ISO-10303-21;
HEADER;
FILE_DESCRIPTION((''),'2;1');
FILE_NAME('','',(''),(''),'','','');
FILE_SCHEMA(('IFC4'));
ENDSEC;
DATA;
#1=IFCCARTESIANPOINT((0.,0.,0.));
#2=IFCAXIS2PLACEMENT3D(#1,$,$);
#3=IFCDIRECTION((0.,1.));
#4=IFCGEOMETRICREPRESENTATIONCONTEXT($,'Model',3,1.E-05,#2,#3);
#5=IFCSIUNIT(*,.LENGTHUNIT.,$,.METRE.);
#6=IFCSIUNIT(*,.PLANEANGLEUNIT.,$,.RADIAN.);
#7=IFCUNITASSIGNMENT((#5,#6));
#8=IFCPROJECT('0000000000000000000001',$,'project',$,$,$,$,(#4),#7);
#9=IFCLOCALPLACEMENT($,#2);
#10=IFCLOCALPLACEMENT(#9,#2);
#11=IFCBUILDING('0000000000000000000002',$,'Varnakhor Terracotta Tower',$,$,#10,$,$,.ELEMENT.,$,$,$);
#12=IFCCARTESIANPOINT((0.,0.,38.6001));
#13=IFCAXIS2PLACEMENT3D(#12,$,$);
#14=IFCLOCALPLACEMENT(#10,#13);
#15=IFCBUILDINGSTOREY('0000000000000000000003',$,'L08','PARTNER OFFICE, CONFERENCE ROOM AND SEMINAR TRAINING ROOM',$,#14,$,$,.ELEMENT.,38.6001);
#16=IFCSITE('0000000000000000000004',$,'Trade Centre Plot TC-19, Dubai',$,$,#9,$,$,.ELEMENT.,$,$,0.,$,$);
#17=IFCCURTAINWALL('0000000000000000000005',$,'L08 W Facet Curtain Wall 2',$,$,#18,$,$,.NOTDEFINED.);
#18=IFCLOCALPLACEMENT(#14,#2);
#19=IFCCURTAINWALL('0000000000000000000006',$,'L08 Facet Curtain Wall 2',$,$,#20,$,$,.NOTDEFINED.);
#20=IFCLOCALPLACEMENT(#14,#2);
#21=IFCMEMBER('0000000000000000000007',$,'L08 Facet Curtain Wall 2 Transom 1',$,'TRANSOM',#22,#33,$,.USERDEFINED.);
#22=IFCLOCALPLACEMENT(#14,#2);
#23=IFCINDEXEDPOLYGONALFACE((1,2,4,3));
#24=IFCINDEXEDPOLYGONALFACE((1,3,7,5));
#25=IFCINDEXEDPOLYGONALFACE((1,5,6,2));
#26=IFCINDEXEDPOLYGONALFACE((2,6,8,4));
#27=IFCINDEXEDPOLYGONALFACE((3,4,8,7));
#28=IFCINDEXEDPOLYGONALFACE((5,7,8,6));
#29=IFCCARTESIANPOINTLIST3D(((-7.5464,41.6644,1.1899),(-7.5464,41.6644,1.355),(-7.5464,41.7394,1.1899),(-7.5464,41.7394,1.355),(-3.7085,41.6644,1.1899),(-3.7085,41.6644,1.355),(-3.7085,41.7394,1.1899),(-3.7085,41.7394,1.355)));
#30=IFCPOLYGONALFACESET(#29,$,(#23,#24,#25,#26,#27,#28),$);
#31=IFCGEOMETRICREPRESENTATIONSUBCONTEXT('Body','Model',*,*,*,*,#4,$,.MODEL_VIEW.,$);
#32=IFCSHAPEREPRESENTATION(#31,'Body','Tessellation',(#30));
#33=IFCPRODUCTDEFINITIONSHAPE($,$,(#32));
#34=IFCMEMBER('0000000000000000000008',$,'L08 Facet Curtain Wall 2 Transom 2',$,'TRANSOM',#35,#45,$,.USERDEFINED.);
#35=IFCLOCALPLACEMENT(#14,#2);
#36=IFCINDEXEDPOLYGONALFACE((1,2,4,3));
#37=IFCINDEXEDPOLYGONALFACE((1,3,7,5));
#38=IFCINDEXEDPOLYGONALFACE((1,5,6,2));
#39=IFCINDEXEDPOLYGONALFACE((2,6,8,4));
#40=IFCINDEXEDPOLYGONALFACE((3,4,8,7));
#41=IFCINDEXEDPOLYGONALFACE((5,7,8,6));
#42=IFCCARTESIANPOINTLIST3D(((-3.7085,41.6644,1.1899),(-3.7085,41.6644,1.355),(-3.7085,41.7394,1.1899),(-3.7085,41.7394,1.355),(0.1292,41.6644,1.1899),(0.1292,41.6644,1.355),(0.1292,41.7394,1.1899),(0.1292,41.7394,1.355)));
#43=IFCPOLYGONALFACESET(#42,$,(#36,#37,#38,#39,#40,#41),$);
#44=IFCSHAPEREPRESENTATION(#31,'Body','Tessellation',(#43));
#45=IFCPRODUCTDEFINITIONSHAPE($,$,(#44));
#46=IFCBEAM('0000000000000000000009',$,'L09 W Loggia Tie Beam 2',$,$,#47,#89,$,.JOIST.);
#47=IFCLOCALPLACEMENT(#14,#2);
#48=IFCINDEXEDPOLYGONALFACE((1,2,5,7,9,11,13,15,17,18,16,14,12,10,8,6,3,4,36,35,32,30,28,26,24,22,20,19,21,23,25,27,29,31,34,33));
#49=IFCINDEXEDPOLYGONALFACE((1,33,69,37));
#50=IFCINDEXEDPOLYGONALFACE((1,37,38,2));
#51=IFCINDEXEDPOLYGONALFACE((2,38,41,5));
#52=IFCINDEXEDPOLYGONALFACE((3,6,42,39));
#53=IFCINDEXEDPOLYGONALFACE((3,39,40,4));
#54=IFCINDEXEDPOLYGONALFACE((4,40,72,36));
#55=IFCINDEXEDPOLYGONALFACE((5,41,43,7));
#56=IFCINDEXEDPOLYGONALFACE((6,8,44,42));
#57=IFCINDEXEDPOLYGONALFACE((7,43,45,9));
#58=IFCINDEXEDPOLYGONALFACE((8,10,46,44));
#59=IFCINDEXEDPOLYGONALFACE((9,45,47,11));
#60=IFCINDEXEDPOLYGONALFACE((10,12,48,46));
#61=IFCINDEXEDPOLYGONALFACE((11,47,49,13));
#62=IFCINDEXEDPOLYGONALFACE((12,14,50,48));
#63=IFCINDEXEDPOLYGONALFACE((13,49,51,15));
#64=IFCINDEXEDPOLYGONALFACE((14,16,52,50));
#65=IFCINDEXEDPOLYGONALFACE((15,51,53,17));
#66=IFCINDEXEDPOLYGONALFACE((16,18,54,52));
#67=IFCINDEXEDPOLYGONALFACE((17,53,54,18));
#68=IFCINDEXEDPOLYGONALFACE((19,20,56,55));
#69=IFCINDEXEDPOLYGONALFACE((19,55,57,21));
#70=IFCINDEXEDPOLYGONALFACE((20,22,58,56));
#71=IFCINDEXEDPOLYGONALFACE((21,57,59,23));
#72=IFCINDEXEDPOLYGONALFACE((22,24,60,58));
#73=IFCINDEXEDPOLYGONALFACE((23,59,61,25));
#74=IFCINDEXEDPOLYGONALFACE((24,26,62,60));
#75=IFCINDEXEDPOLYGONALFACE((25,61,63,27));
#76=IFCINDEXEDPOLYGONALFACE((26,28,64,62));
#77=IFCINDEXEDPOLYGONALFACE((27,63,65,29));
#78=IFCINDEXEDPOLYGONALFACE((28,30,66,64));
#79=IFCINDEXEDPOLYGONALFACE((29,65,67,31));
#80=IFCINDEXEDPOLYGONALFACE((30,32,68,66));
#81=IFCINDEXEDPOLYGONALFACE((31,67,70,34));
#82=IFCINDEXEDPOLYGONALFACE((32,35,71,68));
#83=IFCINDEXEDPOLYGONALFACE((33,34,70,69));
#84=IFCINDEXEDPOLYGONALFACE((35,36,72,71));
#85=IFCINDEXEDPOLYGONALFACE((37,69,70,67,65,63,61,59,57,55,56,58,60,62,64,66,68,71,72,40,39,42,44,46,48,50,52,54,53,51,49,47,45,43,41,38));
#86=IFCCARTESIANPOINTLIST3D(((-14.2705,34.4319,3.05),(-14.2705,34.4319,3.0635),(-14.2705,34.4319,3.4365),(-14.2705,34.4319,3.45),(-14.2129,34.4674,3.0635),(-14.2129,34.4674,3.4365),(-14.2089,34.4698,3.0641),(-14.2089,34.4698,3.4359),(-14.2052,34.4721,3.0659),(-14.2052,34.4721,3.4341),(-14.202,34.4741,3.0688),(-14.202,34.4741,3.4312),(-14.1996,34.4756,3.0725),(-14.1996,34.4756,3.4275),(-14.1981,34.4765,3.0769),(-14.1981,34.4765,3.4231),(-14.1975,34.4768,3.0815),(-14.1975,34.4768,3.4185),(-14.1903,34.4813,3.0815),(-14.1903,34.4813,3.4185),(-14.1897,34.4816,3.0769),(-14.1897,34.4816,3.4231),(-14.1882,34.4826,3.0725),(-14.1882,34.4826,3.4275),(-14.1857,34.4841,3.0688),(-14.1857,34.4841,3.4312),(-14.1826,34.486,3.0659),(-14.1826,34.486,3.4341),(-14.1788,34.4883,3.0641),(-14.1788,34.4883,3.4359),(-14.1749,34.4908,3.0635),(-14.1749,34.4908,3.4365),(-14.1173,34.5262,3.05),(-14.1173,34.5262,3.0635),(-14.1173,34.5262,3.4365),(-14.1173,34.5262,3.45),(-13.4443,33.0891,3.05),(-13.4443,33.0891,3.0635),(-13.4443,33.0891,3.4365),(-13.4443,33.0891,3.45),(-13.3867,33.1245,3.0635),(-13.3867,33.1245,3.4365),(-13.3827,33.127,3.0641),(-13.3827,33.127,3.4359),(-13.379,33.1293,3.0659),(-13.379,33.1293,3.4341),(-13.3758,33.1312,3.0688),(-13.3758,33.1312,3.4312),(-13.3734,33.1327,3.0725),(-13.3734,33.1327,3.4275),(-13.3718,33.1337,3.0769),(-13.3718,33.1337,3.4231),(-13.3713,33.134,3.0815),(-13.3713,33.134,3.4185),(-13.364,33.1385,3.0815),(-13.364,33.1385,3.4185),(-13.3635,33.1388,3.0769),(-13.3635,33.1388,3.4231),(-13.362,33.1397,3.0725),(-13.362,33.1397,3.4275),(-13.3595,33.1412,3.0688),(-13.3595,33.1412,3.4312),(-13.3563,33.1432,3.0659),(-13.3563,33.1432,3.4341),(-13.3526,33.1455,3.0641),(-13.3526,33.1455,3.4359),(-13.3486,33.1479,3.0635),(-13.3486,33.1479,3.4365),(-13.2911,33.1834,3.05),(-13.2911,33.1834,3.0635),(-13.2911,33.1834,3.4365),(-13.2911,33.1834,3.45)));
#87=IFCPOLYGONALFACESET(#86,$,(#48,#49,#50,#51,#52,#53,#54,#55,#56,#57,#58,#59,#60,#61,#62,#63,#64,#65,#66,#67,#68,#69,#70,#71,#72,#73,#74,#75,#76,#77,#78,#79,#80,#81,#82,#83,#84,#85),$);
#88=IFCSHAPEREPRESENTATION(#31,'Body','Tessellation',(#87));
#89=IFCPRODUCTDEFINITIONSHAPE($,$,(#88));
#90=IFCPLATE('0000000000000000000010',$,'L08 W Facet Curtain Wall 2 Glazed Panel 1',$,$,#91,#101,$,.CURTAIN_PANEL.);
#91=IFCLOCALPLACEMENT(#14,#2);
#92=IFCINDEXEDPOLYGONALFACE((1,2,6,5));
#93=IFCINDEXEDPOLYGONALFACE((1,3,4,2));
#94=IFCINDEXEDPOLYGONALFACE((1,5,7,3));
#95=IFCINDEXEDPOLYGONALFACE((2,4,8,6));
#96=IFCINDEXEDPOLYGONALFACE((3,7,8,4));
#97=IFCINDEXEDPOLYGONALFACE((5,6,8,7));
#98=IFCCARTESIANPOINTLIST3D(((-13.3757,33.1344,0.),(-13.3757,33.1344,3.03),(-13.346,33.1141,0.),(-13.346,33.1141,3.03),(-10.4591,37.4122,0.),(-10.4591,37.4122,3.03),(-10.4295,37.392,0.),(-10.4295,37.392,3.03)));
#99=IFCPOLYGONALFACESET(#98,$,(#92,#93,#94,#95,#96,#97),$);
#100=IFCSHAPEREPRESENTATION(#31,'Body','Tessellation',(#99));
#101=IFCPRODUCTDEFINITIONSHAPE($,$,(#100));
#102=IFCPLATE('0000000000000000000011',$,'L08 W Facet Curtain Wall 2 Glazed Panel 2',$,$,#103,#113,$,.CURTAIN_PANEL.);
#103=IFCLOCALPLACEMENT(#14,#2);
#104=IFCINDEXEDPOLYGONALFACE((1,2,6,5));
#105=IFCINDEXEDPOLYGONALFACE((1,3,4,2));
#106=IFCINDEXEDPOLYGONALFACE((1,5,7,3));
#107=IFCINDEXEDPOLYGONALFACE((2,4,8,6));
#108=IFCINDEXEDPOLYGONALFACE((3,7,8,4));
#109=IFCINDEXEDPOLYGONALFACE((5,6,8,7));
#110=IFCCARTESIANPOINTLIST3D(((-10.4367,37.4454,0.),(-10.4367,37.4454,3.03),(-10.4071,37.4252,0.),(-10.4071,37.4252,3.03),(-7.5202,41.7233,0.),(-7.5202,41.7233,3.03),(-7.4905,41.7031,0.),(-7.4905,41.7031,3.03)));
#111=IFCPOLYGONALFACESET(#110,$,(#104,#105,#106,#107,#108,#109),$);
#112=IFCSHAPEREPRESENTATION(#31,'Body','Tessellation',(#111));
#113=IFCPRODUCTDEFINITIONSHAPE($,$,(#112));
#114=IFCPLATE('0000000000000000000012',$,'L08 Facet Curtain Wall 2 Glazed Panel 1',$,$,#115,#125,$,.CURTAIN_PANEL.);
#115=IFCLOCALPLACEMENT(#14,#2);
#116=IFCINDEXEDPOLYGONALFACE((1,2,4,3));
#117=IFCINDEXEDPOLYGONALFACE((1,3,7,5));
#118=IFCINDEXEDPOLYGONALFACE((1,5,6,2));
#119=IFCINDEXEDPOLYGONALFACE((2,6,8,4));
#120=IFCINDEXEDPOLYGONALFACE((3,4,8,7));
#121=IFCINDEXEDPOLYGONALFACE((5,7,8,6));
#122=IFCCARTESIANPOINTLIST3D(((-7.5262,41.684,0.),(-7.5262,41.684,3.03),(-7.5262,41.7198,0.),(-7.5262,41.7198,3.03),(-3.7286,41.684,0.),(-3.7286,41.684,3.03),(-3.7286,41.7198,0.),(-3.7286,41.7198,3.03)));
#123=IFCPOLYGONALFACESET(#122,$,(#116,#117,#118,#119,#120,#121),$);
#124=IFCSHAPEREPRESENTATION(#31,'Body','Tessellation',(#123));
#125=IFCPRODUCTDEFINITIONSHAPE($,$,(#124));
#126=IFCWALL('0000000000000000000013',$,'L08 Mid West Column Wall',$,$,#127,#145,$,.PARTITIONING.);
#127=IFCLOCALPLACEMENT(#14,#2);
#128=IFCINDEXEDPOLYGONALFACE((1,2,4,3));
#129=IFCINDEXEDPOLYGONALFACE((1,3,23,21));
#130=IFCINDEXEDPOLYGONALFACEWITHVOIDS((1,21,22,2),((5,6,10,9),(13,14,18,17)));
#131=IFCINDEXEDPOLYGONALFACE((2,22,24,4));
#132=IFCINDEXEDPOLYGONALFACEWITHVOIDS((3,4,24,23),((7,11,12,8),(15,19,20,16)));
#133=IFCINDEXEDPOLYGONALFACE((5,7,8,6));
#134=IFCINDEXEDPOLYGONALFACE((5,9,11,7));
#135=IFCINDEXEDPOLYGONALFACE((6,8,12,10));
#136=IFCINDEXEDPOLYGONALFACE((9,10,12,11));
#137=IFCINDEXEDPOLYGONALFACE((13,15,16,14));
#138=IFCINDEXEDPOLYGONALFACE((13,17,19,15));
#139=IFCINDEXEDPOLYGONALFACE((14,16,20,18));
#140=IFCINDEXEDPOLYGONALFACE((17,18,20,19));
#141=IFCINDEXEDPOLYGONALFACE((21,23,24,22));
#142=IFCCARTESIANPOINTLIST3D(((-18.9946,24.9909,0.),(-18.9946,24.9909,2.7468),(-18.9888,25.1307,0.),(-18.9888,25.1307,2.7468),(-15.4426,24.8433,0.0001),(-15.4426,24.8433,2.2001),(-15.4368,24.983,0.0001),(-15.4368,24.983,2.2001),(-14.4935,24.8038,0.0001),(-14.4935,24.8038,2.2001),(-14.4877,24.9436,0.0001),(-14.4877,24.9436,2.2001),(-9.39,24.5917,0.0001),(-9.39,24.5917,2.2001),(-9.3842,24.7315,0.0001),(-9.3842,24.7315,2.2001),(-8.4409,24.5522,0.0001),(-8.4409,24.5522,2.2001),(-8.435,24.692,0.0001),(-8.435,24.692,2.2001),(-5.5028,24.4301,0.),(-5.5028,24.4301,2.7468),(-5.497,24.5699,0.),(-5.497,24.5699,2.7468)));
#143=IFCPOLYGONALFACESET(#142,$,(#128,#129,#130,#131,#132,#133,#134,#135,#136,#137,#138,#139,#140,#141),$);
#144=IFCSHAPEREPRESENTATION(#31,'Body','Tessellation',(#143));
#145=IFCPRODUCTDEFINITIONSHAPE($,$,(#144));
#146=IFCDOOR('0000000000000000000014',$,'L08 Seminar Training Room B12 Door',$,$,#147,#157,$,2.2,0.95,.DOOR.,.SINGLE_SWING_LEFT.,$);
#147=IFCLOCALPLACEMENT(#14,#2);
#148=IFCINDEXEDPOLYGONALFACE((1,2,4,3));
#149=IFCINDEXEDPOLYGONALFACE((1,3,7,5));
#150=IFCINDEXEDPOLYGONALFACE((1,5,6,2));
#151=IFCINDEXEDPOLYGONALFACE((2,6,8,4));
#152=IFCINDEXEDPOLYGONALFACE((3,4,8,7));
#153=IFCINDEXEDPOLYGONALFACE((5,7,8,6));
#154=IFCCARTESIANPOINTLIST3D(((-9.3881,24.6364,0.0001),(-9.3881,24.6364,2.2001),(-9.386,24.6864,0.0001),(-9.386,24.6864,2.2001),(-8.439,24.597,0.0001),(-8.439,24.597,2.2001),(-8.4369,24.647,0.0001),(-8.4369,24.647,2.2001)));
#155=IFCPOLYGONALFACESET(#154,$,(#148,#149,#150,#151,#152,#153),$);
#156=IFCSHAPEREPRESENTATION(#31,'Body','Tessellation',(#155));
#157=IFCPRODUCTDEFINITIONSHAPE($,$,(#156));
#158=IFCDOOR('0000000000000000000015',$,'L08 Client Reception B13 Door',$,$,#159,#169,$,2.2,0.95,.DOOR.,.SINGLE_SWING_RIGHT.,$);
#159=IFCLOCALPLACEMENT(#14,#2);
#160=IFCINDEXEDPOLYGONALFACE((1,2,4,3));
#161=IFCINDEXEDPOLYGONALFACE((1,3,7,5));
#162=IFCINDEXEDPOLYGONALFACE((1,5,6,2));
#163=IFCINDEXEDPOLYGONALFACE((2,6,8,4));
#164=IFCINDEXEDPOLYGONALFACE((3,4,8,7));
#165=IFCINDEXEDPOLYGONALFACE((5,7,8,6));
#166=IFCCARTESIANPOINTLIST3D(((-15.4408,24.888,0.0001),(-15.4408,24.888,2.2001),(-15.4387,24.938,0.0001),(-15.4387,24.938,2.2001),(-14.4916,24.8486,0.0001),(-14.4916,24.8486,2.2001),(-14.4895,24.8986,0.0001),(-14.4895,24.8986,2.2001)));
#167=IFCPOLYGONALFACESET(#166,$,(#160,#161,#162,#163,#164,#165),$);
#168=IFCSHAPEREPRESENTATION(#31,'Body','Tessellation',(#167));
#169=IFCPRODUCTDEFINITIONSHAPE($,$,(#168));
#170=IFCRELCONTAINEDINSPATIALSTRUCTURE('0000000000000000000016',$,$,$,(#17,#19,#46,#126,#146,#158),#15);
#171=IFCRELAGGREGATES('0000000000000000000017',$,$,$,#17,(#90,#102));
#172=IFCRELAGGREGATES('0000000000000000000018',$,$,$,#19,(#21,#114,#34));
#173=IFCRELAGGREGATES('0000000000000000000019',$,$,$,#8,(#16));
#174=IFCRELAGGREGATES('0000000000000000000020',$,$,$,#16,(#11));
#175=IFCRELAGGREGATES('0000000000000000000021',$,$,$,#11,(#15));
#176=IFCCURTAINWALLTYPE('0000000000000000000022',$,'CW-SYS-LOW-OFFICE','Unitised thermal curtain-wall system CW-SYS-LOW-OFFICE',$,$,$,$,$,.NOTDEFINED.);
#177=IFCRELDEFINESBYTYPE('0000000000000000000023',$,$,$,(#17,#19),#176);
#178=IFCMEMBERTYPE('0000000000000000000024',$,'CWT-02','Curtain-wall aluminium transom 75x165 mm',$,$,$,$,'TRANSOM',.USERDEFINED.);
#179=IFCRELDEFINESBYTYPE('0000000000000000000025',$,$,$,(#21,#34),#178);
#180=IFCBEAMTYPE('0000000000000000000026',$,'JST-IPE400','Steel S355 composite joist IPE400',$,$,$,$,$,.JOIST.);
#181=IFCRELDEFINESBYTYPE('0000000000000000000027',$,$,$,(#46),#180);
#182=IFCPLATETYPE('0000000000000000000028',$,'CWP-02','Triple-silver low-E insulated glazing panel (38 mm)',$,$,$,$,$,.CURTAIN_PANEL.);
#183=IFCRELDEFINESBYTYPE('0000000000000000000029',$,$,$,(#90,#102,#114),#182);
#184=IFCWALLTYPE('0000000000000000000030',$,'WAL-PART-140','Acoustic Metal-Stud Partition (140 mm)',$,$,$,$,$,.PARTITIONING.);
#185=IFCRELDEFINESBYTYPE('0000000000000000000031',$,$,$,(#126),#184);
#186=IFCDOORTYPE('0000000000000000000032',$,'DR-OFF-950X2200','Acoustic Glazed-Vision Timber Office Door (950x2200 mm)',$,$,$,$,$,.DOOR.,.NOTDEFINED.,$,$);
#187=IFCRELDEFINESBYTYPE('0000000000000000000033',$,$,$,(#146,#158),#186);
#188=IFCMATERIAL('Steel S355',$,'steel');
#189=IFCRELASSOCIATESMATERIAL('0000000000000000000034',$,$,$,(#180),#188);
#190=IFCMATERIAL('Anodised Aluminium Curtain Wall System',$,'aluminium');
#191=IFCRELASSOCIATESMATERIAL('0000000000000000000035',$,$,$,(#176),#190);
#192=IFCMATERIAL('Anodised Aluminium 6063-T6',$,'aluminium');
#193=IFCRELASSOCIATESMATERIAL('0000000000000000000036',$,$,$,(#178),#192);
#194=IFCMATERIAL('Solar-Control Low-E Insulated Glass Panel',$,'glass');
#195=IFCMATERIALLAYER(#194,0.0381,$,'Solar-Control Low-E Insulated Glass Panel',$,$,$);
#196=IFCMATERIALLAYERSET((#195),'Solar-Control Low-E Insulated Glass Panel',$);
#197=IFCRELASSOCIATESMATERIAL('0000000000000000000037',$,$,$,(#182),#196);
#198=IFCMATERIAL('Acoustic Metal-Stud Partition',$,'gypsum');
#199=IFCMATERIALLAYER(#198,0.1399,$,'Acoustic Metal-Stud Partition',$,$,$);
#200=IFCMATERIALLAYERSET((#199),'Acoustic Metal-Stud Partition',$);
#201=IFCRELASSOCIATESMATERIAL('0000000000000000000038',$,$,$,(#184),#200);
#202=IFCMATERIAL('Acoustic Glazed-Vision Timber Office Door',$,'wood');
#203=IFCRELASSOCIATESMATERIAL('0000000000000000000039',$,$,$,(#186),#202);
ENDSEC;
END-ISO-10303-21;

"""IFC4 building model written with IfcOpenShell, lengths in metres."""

from ifc_helpers import new_model, si_unit, direction, frame, frame_2d, origin, origin_2d, place, context, subcontext, project, spatial, rectangle, i_section, extrude, source, transform, mapped, material, layer, layer_set, material_profile, profile_set, type_object, type_shapes, element, fill, aggregate, save


model = new_model("IFC4")

# Units and contexts
model_context = context("Model", 3, precision=1e-05, world=origin(), true_north=direction((0.0, 1.0)))
body_context = subcontext(model_context, "Body", "Model", "MODEL_VIEW")
ifc_project = project(units=[si_unit("LENGTHUNIT", "METRE"), si_unit("PLANEANGLEUNIT", "RADIAN")], contexts=[model_context])

# Site, building, storey
site_placement = place(None, origin())
site = spatial("IfcSite", under=ifc_project, at=site_placement, Name="Trade Centre Plot TC-19, Dubai", CompositionType="ELEMENT", RefElevation=0.0)
building_placement = place(site_placement, origin())
building = spatial("IfcBuilding", under=site, at=building_placement, Name="Varnakhor Terracotta Tower", CompositionType="ELEMENT")
storey_placement = place(building_placement, frame((0.0, 0.0, 38.6001)))
storey = spatial("IfcBuildingStorey", under=building, at=storey_placement, Name="L08", Description="PARTNER OFFICE, CONFERENCE ROOM AND SEMINAR TRAINING ROOM", CompositionType="ELEMENT", Elevation=38.6001)

# Shared definitions
ifc_material_1 = material(Name="Steel S355", Category="steel")
ifc_material_profile_1 = material_profile(ifc_material_1, i_section(OverallWidth=0.1799, OverallDepth=0.3999, WebThickness=0.0085, FlangeThickness=0.0134, FilletRadius=0.0181, at=origin_2d()), Name="IPE400")
ifc_profile_set_1 = profile_set([ifc_material_profile_1], Name="Steel S355")
beam_type_1 = type_object("IfcBeamType", Name="JST-IPE400", Description="Steel S355 composite joist IPE400", PredefinedType="JOIST", material=ifc_profile_set_1)

# Curtain walls
ifc_material_2 = material(Name="Anodised Aluminium Curtain Wall System", Category="aluminium")
curtain_wall_type = type_object("IfcCurtainWallType", Name="CW-SYS-LOW-OFFICE", Description="Unitised thermal curtain-wall system CW-SYS-LOW-OFFICE", PredefinedType="NOTDEFINED", material=ifc_material_2)
curtain_wall_1_placement = place(storey_placement, origin())
curtain_wall_1 = element("IfcCurtainWall", 1, at=curtain_wall_1_placement, inside=storey, type_object=curtain_wall_type, Name="L08 W Facet Curtain Wall 2", PredefinedType="NOTDEFINED")
ifc_material_3 = material(Name="Anodised Aluminium 6063-T6", Category="aluminium")
curtain_wall_2_placement = place(storey_placement, origin())
curtain_wall_2 = element("IfcCurtainWall", 2, at=curtain_wall_2_placement, inside=storey, type_object=curtain_wall_type, Name="L08 Facet Curtain Wall 2", PredefinedType="NOTDEFINED")

# Members
ifc_material_profile_2 = material_profile(ifc_material_3, rectangle(XDim=0.075, YDim=0.165, at=origin_2d()), Name="ALU TRANSOM 75x165")
ifc_profile_set_2 = profile_set([ifc_material_profile_2], Name="Anodised Aluminium 6063-T6")
member_type_1 = type_object("IfcMemberType", Name="CWT-02", Description="Curtain-wall aluminium transom 75x165 mm", ElementType="TRANSOM", PredefinedType="USERDEFINED", material=ifc_profile_set_2)
shared_shape_1 = source(origin(), body_context, "Body", "SweptSolid", [
    extrude(rectangle(XDim=0.075, YDim=0.165, at=origin_2d()), origin(), (0.0, 0.0, 1.0), 3.8379),
])
member_1_placement = place(storey_placement, frame((-7.5464, 41.7019, 1.2725), z_axis=(1.0, 0.0, 0.0), x_axis=(0.0, 1.0, 0.0)))
member_1 = element("IfcMember", 3, at=member_1_placement, type_object=member_type_1, Name="L08 Facet Curtain Wall 2 Transom 1", ObjectType="TRANSOM", PredefinedType="USERDEFINED", context=body_context, shape_type="MappedRepresentation", body=[
    mapped(shared_shape_1, transform((0.0, 0.0, 0.0), scale=1.0)),
])
shared_shape_2 = source(origin(), body_context, "Body", "SweptSolid", [
    extrude(rectangle(XDim=0.075, YDim=0.165, at=origin_2d()), origin(), (0.0, 0.0, 1.0), 3.8376),
])
member_2_placement = place(storey_placement, frame((-3.7085, 41.7019, 1.2725), z_axis=(1.0, 0.0, 0.0), x_axis=(0.0, 1.0, 0.0)))
member_2 = element("IfcMember", 4, at=member_2_placement, type_object=member_type_1, Name="L08 Facet Curtain Wall 2 Transom 2", ObjectType="TRANSOM", PredefinedType="USERDEFINED", context=body_context, shape_type="MappedRepresentation", body=[
    mapped(shared_shape_2, transform((0.0, 0.0, 0.0), scale=1.0)),
])

# Beam
shared_shape_3 = source(origin(), body_context, "Body", "SweptSolid", [
    extrude(i_section(OverallWidth=0.1799, OverallDepth=0.3999, WebThickness=0.0085, FlangeThickness=0.0134, FilletRadius=0.0181, at=origin_2d()), origin(), (0.0, 0.0, 1.0), 1.5767),
])
beam_1_placement = place(storey_placement, frame((-13.3677, 33.1362, 3.25), z_axis=(-0.524028, 0.851701, 0.0), x_axis=(-0.851701, -0.524028, 0.0)))
element("IfcBeam", 5, at=beam_1_placement, inside=storey, type_object=beam_type_1, Name="L09 W Loggia Tie Beam 2", PredefinedType="JOIST", context=body_context, shape_type="MappedRepresentation", body=[
    mapped(shared_shape_3, transform((0.0, 0.0, 0.0), scale=1.0)),
])

# Plates
ifc_material_4 = material(Name="Solar-Control Low-E Insulated Glass Panel", Category="glass")
ifc_layer_1 = layer(ifc_material_4, 0.0381, Name="Solar-Control Low-E Insulated Glass Panel")
ifc_layer_set_1 = layer_set([ifc_layer_1], Name="Solar-Control Low-E Insulated Glass Panel")
plate_type = type_object("IfcPlateType", Name="CWP-02", Description="Triple-silver low-E insulated glazing panel (38 mm)", PredefinedType="CURTAIN_PANEL", material=ifc_layer_set_1)
shared_shape_4 = source(origin(), body_context, "Body", "SweptSolid", [
    extrude(rectangle(XDim=5.1775, YDim=0.0359, at=origin_2d()), origin(), (0.0, 0.0, 1.0), 3.03),
])
plate_1_placement = place(storey_placement, frame((-11.9026, 35.2632, 0.0), z_axis=(0.0, 0.0, 1.0), x_axis=(0.56331, 0.826246, 0.0)))
plate_1 = element("IfcPlate", 6, at=plate_1_placement, type_object=plate_type, Name="L08 W Facet Curtain Wall 2 Glazed Panel 1", PredefinedType="CURTAIN_PANEL", context=body_context, shape_type="MappedRepresentation", body=[
    mapped(shared_shape_4, transform((0.0, 0.0, 0.0), scale=1.0)),
])
plate_2_placement = place(storey_placement, frame((-8.9636, 39.5742, 0.0), z_axis=(0.0, 0.0, 1.0), x_axis=(0.56331, 0.826246, 0.0)))
plate_2 = element("IfcPlate", 7, at=plate_2_placement, type_object=plate_type, Name="L08 W Facet Curtain Wall 2 Glazed Panel 2", PredefinedType="CURTAIN_PANEL", context=body_context, shape_type="MappedRepresentation", body=[
    mapped(shared_shape_4, transform((0.0, 0.0, 0.0), scale=1.0)),
])
aggregate(curtain_wall_1, [plate_1, plate_2])
shared_shape_5 = source(origin(), body_context, "Body", "SweptSolid", [
    extrude(rectangle(XDim=3.7976, YDim=0.0359, at=origin_2d()), origin(), (0.0, 0.0, 1.0), 3.03),
])
plate_3_placement = place(storey_placement, frame((-5.6274, 41.7019, 0.0), z_axis=(0.0, 0.0, 1.0), x_axis=(1.0, 0.0, 0.0)))
plate_3 = element("IfcPlate", 8, at=plate_3_placement, type_object=plate_type, Name="L08 Facet Curtain Wall 2 Glazed Panel 1", PredefinedType="CURTAIN_PANEL", context=body_context, shape_type="MappedRepresentation", body=[
    mapped(shared_shape_5, transform((0.0, 0.0, 0.0), scale=1.0)),
])
aggregate(curtain_wall_2, [member_1, plate_3, member_2])

# Wall, openings, doors
ifc_material_5 = material(Name="Acoustic Metal-Stud Partition", Category="gypsum")
ifc_layer_2 = layer(ifc_material_5, 0.1399, Name="Acoustic Metal-Stud Partition")
ifc_layer_set_2 = layer_set([ifc_layer_2], Name="Acoustic Metal-Stud Partition")
wall_type = type_object("IfcWallType", Name="WAL-PART-140", Description="Acoustic Metal-Stud Partition (140 mm)", PredefinedType="PARTITIONING", material=ifc_layer_set_2)
wall_1_placement = place(storey_placement, frame((-18.9917, 25.0608, 0.0), z_axis=(0.0, 0.0, 1.0), x_axis=(0.999137, -0.04153, 0.0)))
wall_1 = element("IfcWall", 9, at=wall_1_placement, inside=storey, type_object=wall_type, Name="L08 Mid West Column Wall", PredefinedType="PARTITIONING", context=body_context, shape_type="SweptSolid", body=[
    extrude(rectangle(XDim=13.5034, YDim=0.1399, at=frame_2d((6.7517, 0.0))), origin(), (0.0, 0.0, 1.0), 2.7468),
])
opening_1_placement = place(wall_1_placement, frame((9.6128, 0.0, 0.0)))
opening_1 = element("IfcOpeningElement", 10, at=opening_1_placement, cuts=wall_1, PredefinedType="OPENING", context=body_context, shape_type="SweptSolid", body=[
    extrude(rectangle(XDim=0.95, YDim=2.2, at=frame_2d((0.4751, 1.1001))), frame((0.0, 0.0801, 0.0), z_axis=(0.0, -1.0, 0.0), x_axis=(1.0, 0.0, 0.0)), (0.0, 0.0, 1.0), 0.1599),
])
opening_2_placement = place(wall_1_placement, frame((3.5549, 0.0, 0.0)))
opening_2 = element("IfcOpeningElement", 11, at=opening_2_placement, cuts=wall_1, PredefinedType="OPENING", context=body_context, shape_type="SweptSolid", body=[
    extrude(rectangle(XDim=0.95, YDim=2.2, at=frame_2d((0.4751, 1.1001))), frame((0.0, 0.0801, 0.0), z_axis=(0.0, -1.0, 0.0), x_axis=(1.0, 0.0, 0.0)), (0.0, 0.0, 1.0), 0.1599),
])
ifc_material_6 = material(Name="Acoustic Glazed-Vision Timber Office Door", Category="wood")
door_type = type_object("IfcDoorType", Name="DR-OFF-950X2200", Description="Acoustic Glazed-Vision Timber Office Door (950x2200 mm)", OperationType="NOTDEFINED", PredefinedType="DOOR", material=ifc_material_6)
shared_shape_6 = source(origin(), body_context, "Body", "SweptSolid", [
    extrude(rectangle(XDim=0.95, YDim=2.2, at=frame_2d((0.4751, 1.1001))), frame((0.0, 0.0249, 0.0), z_axis=(0.0, -1.0, 0.0), x_axis=(1.0, 0.0, 0.0)), (0.0, 0.0, 1.0), 0.05),
])
type_shapes(door_type, [shared_shape_6])
door_1_placement = place(opening_1_placement, origin())
door_1 = element("IfcDoor", 12, at=door_1_placement, inside=storey, type_object=door_type, Name="L08 Seminar Training Room B12 Door", OperationType="SINGLE_SWING_LEFT", OverallHeight=2.2, OverallWidth=0.95, PredefinedType="DOOR", context=body_context, shape_type="MappedRepresentation", body=[
    mapped(shared_shape_6, transform((0.0, 0.0, 0.0), scale=1.0)),
])
fill(opening_1, door_1)
door_2_placement = place(opening_2_placement, origin())
door_2 = element("IfcDoor", 13, at=door_2_placement, inside=storey, type_object=door_type, Name="L08 Client Reception B13 Door", OperationType="SINGLE_SWING_RIGHT", OverallHeight=2.2, OverallWidth=0.95, PredefinedType="DOOR", context=body_context, shape_type="MappedRepresentation", body=[
    mapped(shared_shape_6, transform((0.0, 0.0, 0.0), scale=1.0)),
])
fill(opening_2, door_2)

save(model, "model.ifc")
